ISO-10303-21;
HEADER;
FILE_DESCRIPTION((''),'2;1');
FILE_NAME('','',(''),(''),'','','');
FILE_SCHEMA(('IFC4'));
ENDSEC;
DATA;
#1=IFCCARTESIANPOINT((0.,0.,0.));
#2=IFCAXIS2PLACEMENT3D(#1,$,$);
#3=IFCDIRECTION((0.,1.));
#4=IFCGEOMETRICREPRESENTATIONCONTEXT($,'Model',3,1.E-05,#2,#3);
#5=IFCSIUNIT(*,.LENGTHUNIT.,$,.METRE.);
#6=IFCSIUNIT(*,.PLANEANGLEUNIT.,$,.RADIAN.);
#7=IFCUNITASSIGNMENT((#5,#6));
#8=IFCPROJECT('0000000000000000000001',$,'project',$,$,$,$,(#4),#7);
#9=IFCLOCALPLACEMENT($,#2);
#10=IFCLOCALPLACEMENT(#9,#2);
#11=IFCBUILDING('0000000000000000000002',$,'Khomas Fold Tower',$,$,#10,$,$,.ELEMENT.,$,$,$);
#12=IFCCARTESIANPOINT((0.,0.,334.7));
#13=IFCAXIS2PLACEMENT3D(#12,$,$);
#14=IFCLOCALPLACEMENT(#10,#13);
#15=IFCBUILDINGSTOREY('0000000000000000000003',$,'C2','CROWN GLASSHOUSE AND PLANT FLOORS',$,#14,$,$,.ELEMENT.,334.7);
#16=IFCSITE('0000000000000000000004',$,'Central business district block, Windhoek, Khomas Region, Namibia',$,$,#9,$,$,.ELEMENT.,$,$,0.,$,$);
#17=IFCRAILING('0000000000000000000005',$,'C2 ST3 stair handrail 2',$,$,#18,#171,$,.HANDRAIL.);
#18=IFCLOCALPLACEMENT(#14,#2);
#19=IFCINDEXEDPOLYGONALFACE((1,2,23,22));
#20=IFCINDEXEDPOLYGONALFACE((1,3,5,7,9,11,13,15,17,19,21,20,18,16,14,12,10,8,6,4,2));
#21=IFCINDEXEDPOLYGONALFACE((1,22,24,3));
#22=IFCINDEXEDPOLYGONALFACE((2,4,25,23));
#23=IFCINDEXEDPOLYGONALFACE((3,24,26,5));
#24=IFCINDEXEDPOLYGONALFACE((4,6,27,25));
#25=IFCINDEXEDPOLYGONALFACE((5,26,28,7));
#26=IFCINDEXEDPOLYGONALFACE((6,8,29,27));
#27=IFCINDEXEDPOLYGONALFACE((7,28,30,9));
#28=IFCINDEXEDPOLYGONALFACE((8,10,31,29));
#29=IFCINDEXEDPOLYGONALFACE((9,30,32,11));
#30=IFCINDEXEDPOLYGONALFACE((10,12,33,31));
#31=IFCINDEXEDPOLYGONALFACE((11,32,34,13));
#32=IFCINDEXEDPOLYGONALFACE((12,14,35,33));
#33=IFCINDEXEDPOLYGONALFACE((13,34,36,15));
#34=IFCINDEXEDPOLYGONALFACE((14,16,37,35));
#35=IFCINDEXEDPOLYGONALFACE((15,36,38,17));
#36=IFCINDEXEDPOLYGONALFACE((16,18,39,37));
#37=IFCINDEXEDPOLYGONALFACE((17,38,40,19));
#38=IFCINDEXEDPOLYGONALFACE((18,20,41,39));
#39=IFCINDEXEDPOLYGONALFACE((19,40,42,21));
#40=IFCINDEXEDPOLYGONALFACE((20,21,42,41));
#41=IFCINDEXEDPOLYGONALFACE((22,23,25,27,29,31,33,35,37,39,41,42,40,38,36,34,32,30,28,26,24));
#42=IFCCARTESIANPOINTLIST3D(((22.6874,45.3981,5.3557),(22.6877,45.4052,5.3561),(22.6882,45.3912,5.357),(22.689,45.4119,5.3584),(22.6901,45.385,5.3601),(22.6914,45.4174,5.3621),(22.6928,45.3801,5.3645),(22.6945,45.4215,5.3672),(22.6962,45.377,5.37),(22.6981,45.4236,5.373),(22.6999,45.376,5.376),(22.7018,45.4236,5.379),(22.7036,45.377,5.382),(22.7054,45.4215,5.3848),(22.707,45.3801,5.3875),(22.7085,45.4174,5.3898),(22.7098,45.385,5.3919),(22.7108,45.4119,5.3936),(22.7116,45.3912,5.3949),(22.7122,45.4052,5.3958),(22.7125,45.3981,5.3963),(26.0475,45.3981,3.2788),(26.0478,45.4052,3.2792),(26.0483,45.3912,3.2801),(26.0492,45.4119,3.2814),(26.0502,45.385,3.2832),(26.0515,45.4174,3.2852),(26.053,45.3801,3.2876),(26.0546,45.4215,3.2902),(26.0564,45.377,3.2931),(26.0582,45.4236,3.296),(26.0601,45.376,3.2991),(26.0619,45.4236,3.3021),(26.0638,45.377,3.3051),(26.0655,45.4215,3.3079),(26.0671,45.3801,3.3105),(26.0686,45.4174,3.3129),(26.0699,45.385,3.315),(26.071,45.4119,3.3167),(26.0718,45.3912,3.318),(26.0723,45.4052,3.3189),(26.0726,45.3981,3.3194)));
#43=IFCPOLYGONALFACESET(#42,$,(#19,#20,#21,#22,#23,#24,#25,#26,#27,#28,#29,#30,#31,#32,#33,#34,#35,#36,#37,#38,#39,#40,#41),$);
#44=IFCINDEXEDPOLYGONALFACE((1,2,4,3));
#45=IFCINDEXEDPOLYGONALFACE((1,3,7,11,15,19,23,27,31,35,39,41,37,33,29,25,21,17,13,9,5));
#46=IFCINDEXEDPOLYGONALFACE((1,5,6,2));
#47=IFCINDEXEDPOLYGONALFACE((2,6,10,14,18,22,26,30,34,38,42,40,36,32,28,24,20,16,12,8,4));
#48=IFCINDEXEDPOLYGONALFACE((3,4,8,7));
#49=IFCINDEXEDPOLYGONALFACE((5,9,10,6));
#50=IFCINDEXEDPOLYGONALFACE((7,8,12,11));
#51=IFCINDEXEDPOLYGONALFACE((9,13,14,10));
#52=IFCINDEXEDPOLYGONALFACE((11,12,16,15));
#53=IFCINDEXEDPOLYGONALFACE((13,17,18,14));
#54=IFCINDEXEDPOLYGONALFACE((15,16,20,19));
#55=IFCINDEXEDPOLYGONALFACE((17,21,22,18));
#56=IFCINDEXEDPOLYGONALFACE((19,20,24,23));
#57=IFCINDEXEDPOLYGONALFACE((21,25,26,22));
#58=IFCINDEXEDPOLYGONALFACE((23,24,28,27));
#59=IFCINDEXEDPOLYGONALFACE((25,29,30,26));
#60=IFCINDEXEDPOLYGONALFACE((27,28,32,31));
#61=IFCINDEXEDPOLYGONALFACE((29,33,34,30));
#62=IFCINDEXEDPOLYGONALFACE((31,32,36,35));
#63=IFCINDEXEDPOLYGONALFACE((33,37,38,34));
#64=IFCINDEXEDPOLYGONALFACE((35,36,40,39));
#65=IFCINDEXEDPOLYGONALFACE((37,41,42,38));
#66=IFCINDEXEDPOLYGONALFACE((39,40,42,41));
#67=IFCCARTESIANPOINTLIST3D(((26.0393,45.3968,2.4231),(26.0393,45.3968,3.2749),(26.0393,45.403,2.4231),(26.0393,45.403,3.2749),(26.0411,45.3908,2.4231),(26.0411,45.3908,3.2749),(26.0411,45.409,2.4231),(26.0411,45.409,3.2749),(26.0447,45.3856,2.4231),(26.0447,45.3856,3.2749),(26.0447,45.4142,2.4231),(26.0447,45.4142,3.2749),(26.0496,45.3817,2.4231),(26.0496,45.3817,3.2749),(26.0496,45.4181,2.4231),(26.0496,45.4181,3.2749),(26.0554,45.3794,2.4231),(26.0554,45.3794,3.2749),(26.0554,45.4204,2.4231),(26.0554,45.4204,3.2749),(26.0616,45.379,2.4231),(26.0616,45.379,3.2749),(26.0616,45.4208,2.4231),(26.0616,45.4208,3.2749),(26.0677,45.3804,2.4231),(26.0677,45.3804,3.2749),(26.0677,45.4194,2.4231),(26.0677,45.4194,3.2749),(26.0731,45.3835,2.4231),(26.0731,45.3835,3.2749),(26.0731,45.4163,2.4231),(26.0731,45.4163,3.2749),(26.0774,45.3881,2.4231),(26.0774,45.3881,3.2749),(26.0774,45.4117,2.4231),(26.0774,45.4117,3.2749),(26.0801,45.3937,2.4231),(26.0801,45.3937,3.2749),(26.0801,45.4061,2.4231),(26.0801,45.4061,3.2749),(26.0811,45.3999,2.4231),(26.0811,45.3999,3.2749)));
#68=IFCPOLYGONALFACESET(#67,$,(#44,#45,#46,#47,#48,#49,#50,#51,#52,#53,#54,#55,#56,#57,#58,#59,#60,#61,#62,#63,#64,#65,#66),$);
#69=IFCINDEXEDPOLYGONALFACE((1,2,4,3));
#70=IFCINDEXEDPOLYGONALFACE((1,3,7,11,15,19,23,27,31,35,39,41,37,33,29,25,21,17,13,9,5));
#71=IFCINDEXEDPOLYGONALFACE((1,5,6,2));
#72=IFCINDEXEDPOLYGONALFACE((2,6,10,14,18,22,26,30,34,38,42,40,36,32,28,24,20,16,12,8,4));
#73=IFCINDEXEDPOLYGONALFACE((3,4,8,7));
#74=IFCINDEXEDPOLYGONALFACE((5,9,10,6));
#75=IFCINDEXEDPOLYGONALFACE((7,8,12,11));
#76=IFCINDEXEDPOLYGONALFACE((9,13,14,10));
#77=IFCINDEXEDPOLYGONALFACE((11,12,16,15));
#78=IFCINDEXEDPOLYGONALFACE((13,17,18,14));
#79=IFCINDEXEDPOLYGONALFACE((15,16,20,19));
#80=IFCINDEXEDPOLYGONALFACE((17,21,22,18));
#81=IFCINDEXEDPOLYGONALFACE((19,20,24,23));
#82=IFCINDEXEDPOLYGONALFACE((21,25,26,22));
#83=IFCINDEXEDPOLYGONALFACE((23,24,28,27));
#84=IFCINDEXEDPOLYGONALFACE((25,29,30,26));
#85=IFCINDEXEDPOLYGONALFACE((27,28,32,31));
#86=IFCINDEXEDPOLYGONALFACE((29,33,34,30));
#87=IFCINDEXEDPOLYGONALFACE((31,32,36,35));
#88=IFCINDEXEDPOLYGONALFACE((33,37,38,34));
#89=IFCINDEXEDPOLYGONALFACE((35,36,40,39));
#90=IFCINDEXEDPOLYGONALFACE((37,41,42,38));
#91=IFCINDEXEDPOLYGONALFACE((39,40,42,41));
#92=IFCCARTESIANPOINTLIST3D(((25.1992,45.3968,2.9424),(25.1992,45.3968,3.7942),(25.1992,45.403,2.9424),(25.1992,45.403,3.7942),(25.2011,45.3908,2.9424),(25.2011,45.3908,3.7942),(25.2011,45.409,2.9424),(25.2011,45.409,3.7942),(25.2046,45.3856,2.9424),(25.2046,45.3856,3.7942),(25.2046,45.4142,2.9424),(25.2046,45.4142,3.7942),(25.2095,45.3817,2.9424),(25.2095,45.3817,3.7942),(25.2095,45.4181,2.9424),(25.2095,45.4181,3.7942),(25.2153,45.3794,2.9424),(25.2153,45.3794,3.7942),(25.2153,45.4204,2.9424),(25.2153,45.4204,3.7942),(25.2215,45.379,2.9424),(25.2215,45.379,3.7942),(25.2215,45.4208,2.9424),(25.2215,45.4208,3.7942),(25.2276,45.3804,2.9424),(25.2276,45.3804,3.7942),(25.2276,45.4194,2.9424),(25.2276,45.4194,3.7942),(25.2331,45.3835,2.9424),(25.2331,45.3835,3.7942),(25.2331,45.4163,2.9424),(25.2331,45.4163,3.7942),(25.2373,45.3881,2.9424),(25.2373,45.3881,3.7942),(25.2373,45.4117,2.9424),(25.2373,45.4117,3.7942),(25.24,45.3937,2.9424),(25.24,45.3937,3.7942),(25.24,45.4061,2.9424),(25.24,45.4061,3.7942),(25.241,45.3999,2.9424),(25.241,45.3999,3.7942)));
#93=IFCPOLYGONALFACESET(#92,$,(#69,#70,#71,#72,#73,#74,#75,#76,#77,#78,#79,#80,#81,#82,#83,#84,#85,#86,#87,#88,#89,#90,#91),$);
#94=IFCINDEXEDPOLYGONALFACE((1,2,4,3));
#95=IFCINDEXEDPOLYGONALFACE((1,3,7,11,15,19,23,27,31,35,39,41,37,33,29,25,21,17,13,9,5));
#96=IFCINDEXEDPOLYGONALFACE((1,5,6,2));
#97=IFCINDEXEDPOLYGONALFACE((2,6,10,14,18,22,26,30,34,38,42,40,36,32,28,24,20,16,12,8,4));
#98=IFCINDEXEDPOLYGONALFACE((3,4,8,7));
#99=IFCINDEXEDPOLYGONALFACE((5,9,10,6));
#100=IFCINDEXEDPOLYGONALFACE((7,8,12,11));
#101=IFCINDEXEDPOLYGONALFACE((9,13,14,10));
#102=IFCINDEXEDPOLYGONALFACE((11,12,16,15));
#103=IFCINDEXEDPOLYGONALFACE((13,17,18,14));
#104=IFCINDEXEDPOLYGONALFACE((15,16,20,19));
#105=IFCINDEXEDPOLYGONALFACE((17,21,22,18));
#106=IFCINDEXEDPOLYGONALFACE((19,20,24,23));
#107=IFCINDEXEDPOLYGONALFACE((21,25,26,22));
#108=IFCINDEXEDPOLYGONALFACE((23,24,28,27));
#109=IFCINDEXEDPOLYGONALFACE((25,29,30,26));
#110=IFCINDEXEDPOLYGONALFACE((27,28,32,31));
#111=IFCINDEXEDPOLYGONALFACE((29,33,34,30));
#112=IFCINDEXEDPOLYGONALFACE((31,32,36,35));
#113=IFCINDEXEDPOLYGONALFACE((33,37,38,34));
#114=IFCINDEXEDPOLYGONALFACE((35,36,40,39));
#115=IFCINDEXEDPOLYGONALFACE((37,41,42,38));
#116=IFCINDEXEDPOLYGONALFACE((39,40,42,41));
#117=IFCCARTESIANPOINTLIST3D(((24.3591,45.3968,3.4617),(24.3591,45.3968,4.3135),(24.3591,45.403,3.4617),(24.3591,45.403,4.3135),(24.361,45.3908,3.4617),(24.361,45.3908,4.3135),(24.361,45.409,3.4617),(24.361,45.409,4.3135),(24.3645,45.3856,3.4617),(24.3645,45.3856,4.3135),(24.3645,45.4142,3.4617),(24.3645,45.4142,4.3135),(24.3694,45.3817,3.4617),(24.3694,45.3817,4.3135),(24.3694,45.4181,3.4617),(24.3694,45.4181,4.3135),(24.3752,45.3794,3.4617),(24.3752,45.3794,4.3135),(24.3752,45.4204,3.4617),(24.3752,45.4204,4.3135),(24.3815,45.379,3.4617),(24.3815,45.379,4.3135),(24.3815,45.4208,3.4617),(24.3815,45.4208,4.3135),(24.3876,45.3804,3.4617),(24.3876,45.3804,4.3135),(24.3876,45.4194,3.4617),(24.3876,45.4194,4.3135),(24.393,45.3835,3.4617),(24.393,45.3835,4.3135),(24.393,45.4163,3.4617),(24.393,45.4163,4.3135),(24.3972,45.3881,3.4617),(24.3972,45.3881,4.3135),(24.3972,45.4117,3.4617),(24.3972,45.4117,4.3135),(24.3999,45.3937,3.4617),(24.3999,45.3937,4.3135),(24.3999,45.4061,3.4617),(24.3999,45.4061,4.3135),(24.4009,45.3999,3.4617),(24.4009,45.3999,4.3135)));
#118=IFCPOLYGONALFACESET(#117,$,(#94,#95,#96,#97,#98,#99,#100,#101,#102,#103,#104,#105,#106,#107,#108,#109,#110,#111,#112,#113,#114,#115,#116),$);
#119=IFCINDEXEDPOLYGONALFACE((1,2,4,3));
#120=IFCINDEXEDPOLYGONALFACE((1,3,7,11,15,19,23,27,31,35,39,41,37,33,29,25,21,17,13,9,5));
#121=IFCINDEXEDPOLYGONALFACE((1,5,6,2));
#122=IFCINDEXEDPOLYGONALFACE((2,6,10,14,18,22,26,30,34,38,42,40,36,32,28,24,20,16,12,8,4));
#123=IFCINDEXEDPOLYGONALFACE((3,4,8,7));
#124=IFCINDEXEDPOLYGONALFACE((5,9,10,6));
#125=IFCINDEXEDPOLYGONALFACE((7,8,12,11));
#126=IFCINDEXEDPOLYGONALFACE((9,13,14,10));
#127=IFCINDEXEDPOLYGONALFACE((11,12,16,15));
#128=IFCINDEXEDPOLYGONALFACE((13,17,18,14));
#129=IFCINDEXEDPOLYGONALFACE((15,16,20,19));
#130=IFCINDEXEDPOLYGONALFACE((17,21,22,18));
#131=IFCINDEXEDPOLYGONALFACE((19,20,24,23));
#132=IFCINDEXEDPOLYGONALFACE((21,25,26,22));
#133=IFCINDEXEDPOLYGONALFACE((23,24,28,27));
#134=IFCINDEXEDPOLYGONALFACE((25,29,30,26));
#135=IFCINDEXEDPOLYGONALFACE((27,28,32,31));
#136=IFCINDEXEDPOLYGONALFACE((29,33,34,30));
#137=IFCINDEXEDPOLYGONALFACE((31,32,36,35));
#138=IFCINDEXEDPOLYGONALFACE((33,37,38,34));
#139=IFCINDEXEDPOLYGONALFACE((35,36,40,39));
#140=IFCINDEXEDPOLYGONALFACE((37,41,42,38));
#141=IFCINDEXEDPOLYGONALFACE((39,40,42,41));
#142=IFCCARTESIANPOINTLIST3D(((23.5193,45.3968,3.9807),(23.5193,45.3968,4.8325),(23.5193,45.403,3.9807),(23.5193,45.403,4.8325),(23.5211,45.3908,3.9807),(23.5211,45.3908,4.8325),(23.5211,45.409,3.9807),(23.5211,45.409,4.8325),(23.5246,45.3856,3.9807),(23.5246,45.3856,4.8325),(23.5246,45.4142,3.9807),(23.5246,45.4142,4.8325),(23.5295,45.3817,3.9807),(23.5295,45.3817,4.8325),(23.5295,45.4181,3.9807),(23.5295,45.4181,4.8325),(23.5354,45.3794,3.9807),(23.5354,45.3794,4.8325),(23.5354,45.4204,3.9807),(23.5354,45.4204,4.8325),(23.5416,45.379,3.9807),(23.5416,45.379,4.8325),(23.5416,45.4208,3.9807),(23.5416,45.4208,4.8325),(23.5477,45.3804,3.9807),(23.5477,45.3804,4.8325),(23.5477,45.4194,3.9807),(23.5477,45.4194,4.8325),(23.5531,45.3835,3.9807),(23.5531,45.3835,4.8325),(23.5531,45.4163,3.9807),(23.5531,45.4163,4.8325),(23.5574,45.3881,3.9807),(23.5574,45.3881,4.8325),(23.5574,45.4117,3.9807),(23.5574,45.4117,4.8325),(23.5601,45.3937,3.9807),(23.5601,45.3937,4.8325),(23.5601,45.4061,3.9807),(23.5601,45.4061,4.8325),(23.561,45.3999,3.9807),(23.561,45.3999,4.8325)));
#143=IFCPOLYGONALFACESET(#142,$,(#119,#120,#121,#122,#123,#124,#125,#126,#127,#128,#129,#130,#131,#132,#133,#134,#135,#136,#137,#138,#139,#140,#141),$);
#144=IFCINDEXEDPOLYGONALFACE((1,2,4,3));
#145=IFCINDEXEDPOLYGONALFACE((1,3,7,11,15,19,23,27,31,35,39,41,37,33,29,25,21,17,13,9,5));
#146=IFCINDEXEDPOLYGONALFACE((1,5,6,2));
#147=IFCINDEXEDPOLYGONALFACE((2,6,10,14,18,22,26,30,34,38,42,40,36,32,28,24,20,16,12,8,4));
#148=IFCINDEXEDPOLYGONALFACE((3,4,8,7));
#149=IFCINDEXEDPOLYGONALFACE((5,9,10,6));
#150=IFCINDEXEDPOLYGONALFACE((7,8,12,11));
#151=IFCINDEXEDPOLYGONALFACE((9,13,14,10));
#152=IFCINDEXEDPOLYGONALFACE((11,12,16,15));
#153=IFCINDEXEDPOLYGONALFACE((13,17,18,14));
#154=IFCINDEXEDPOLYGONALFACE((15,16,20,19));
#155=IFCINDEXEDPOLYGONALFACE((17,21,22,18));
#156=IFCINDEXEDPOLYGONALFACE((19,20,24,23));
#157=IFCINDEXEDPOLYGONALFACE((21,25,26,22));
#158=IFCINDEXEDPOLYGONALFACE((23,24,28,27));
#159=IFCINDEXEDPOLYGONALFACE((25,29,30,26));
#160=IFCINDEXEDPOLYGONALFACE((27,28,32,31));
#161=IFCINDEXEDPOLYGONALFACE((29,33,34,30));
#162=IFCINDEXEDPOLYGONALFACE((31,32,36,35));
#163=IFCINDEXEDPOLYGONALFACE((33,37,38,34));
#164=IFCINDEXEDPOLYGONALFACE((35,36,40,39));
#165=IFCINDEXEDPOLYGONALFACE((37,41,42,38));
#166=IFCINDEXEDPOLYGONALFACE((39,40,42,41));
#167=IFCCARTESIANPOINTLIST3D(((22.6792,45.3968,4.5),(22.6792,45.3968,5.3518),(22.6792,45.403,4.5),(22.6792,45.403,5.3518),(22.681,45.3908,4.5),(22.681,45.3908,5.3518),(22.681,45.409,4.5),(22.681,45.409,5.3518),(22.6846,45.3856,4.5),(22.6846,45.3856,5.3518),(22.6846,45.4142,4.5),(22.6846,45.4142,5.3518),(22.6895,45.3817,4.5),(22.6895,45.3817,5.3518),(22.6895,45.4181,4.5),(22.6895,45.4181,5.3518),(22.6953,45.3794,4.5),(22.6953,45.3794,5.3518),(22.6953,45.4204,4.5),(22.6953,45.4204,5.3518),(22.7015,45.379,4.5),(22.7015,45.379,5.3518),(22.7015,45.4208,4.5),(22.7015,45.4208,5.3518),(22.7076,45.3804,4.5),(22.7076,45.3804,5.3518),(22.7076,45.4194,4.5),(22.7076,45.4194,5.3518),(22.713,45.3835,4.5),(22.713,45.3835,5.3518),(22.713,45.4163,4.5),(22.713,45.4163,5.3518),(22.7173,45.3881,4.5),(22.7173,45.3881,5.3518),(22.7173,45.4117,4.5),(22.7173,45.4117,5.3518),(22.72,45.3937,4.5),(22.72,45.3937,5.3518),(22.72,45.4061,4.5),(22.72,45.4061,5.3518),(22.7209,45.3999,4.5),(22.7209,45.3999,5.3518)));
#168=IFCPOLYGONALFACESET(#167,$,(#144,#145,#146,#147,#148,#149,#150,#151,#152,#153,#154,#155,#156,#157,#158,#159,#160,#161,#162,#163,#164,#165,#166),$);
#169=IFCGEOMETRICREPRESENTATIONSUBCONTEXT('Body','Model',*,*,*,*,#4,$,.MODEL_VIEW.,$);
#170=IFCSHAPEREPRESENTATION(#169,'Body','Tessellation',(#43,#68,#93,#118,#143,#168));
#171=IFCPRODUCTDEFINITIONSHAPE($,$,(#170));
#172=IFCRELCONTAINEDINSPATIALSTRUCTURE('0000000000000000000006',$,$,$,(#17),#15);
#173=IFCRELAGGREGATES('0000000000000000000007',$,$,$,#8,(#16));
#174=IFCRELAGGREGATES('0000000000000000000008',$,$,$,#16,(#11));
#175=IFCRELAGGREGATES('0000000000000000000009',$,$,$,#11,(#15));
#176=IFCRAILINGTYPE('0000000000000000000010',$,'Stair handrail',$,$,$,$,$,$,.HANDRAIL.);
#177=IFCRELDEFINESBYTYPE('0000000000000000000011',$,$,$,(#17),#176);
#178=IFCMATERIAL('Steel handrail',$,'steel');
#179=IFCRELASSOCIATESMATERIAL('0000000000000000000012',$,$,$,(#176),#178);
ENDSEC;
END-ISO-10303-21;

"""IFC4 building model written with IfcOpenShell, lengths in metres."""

from ifc_helpers import new_model, si_unit, direction, frame, origin, origin_2d, place, context, subcontext, project, spatial, circle, extrude, source, transform, mapped, material, type_object, element, save


model = new_model("IFC4")

# Units and contexts
model_context = context("Model", 3, precision=1e-05, world=origin(), true_north=direction((0.0, 1.0)))
body_context = subcontext(model_context, "Body", "Model", "MODEL_VIEW")
ifc_project = project(units=[si_unit("LENGTHUNIT", "METRE"), si_unit("PLANEANGLEUNIT", "RADIAN")], contexts=[model_context])

# Site, building, storey
site_placement = place(None, origin())
site = spatial("IfcSite", under=ifc_project, at=site_placement, Name="Central business district block, Windhoek, Khomas Region, Namibia", CompositionType="ELEMENT", RefElevation=0.0)
building_placement = place(site_placement, origin())
building = spatial("IfcBuilding", under=site, at=building_placement, Name="Khomas Fold Tower", CompositionType="ELEMENT")
storey_placement = place(building_placement, frame((0.0, 0.0, 334.7)))
storey = spatial("IfcBuildingStorey", under=building, at=storey_placement, Name="C2", Description="CROWN GLASSHOUSE AND PLANT FLOORS", CompositionType="ELEMENT", Elevation=334.7)

# Railing
ifc_material_1 = material(Name="Steel handrail", Category="steel")
railing_type_1 = type_object("IfcRailingType", Name="Stair handrail", PredefinedType="HANDRAIL", material=ifc_material_1)
shared_shape_1 = source(origin(), body_context, "Body", "SweptSolid", [
    extrude(circle(Radius=0.0239, at=origin_2d()), frame((0.0, 0.0, 0.876), z_axis=(-0.850623, 0.0, 0.525776), x_axis=(0.0, -1.0, 0.0)), (0.0, 0.0, 1.0), 3.9502),
    extrude(circle(Radius=0.021, at=origin_2d()), origin(), (0.0, 0.0, 1.0), 0.8518),
    extrude(circle(Radius=0.021, at=origin_2d()), frame((-0.8401, 0.0, 0.5193)), (0.0, 0.0, 1.0), 0.8518),
    extrude(circle(Radius=0.021, at=origin_2d()), frame((-1.6802, 0.0, 1.0386)), (0.0, 0.0, 1.0), 0.8518),
    extrude(circle(Radius=0.021, at=origin_2d()), frame((-2.52, 0.0, 1.5576)), (0.0, 0.0, 1.0), 0.8518),
    extrude(circle(Radius=0.021, at=origin_2d()), frame((-3.3601, 0.0, 2.0769)), (0.0, 0.0, 1.0), 0.8518),
])
railing_1_placement = place(storey_placement, frame((26.0601, 45.3999, 2.4231)))
element("IfcRailing", 1, at=railing_1_placement, inside=storey, type_object=railing_type_1, Name="C2 ST3 stair handrail 2", PredefinedType="HANDRAIL", context=body_context, shape_type="MappedRepresentation", body=[
    mapped(shared_shape_1, transform((0.0, 0.0, 0.0))),
])

save(model, "model.ifc")
